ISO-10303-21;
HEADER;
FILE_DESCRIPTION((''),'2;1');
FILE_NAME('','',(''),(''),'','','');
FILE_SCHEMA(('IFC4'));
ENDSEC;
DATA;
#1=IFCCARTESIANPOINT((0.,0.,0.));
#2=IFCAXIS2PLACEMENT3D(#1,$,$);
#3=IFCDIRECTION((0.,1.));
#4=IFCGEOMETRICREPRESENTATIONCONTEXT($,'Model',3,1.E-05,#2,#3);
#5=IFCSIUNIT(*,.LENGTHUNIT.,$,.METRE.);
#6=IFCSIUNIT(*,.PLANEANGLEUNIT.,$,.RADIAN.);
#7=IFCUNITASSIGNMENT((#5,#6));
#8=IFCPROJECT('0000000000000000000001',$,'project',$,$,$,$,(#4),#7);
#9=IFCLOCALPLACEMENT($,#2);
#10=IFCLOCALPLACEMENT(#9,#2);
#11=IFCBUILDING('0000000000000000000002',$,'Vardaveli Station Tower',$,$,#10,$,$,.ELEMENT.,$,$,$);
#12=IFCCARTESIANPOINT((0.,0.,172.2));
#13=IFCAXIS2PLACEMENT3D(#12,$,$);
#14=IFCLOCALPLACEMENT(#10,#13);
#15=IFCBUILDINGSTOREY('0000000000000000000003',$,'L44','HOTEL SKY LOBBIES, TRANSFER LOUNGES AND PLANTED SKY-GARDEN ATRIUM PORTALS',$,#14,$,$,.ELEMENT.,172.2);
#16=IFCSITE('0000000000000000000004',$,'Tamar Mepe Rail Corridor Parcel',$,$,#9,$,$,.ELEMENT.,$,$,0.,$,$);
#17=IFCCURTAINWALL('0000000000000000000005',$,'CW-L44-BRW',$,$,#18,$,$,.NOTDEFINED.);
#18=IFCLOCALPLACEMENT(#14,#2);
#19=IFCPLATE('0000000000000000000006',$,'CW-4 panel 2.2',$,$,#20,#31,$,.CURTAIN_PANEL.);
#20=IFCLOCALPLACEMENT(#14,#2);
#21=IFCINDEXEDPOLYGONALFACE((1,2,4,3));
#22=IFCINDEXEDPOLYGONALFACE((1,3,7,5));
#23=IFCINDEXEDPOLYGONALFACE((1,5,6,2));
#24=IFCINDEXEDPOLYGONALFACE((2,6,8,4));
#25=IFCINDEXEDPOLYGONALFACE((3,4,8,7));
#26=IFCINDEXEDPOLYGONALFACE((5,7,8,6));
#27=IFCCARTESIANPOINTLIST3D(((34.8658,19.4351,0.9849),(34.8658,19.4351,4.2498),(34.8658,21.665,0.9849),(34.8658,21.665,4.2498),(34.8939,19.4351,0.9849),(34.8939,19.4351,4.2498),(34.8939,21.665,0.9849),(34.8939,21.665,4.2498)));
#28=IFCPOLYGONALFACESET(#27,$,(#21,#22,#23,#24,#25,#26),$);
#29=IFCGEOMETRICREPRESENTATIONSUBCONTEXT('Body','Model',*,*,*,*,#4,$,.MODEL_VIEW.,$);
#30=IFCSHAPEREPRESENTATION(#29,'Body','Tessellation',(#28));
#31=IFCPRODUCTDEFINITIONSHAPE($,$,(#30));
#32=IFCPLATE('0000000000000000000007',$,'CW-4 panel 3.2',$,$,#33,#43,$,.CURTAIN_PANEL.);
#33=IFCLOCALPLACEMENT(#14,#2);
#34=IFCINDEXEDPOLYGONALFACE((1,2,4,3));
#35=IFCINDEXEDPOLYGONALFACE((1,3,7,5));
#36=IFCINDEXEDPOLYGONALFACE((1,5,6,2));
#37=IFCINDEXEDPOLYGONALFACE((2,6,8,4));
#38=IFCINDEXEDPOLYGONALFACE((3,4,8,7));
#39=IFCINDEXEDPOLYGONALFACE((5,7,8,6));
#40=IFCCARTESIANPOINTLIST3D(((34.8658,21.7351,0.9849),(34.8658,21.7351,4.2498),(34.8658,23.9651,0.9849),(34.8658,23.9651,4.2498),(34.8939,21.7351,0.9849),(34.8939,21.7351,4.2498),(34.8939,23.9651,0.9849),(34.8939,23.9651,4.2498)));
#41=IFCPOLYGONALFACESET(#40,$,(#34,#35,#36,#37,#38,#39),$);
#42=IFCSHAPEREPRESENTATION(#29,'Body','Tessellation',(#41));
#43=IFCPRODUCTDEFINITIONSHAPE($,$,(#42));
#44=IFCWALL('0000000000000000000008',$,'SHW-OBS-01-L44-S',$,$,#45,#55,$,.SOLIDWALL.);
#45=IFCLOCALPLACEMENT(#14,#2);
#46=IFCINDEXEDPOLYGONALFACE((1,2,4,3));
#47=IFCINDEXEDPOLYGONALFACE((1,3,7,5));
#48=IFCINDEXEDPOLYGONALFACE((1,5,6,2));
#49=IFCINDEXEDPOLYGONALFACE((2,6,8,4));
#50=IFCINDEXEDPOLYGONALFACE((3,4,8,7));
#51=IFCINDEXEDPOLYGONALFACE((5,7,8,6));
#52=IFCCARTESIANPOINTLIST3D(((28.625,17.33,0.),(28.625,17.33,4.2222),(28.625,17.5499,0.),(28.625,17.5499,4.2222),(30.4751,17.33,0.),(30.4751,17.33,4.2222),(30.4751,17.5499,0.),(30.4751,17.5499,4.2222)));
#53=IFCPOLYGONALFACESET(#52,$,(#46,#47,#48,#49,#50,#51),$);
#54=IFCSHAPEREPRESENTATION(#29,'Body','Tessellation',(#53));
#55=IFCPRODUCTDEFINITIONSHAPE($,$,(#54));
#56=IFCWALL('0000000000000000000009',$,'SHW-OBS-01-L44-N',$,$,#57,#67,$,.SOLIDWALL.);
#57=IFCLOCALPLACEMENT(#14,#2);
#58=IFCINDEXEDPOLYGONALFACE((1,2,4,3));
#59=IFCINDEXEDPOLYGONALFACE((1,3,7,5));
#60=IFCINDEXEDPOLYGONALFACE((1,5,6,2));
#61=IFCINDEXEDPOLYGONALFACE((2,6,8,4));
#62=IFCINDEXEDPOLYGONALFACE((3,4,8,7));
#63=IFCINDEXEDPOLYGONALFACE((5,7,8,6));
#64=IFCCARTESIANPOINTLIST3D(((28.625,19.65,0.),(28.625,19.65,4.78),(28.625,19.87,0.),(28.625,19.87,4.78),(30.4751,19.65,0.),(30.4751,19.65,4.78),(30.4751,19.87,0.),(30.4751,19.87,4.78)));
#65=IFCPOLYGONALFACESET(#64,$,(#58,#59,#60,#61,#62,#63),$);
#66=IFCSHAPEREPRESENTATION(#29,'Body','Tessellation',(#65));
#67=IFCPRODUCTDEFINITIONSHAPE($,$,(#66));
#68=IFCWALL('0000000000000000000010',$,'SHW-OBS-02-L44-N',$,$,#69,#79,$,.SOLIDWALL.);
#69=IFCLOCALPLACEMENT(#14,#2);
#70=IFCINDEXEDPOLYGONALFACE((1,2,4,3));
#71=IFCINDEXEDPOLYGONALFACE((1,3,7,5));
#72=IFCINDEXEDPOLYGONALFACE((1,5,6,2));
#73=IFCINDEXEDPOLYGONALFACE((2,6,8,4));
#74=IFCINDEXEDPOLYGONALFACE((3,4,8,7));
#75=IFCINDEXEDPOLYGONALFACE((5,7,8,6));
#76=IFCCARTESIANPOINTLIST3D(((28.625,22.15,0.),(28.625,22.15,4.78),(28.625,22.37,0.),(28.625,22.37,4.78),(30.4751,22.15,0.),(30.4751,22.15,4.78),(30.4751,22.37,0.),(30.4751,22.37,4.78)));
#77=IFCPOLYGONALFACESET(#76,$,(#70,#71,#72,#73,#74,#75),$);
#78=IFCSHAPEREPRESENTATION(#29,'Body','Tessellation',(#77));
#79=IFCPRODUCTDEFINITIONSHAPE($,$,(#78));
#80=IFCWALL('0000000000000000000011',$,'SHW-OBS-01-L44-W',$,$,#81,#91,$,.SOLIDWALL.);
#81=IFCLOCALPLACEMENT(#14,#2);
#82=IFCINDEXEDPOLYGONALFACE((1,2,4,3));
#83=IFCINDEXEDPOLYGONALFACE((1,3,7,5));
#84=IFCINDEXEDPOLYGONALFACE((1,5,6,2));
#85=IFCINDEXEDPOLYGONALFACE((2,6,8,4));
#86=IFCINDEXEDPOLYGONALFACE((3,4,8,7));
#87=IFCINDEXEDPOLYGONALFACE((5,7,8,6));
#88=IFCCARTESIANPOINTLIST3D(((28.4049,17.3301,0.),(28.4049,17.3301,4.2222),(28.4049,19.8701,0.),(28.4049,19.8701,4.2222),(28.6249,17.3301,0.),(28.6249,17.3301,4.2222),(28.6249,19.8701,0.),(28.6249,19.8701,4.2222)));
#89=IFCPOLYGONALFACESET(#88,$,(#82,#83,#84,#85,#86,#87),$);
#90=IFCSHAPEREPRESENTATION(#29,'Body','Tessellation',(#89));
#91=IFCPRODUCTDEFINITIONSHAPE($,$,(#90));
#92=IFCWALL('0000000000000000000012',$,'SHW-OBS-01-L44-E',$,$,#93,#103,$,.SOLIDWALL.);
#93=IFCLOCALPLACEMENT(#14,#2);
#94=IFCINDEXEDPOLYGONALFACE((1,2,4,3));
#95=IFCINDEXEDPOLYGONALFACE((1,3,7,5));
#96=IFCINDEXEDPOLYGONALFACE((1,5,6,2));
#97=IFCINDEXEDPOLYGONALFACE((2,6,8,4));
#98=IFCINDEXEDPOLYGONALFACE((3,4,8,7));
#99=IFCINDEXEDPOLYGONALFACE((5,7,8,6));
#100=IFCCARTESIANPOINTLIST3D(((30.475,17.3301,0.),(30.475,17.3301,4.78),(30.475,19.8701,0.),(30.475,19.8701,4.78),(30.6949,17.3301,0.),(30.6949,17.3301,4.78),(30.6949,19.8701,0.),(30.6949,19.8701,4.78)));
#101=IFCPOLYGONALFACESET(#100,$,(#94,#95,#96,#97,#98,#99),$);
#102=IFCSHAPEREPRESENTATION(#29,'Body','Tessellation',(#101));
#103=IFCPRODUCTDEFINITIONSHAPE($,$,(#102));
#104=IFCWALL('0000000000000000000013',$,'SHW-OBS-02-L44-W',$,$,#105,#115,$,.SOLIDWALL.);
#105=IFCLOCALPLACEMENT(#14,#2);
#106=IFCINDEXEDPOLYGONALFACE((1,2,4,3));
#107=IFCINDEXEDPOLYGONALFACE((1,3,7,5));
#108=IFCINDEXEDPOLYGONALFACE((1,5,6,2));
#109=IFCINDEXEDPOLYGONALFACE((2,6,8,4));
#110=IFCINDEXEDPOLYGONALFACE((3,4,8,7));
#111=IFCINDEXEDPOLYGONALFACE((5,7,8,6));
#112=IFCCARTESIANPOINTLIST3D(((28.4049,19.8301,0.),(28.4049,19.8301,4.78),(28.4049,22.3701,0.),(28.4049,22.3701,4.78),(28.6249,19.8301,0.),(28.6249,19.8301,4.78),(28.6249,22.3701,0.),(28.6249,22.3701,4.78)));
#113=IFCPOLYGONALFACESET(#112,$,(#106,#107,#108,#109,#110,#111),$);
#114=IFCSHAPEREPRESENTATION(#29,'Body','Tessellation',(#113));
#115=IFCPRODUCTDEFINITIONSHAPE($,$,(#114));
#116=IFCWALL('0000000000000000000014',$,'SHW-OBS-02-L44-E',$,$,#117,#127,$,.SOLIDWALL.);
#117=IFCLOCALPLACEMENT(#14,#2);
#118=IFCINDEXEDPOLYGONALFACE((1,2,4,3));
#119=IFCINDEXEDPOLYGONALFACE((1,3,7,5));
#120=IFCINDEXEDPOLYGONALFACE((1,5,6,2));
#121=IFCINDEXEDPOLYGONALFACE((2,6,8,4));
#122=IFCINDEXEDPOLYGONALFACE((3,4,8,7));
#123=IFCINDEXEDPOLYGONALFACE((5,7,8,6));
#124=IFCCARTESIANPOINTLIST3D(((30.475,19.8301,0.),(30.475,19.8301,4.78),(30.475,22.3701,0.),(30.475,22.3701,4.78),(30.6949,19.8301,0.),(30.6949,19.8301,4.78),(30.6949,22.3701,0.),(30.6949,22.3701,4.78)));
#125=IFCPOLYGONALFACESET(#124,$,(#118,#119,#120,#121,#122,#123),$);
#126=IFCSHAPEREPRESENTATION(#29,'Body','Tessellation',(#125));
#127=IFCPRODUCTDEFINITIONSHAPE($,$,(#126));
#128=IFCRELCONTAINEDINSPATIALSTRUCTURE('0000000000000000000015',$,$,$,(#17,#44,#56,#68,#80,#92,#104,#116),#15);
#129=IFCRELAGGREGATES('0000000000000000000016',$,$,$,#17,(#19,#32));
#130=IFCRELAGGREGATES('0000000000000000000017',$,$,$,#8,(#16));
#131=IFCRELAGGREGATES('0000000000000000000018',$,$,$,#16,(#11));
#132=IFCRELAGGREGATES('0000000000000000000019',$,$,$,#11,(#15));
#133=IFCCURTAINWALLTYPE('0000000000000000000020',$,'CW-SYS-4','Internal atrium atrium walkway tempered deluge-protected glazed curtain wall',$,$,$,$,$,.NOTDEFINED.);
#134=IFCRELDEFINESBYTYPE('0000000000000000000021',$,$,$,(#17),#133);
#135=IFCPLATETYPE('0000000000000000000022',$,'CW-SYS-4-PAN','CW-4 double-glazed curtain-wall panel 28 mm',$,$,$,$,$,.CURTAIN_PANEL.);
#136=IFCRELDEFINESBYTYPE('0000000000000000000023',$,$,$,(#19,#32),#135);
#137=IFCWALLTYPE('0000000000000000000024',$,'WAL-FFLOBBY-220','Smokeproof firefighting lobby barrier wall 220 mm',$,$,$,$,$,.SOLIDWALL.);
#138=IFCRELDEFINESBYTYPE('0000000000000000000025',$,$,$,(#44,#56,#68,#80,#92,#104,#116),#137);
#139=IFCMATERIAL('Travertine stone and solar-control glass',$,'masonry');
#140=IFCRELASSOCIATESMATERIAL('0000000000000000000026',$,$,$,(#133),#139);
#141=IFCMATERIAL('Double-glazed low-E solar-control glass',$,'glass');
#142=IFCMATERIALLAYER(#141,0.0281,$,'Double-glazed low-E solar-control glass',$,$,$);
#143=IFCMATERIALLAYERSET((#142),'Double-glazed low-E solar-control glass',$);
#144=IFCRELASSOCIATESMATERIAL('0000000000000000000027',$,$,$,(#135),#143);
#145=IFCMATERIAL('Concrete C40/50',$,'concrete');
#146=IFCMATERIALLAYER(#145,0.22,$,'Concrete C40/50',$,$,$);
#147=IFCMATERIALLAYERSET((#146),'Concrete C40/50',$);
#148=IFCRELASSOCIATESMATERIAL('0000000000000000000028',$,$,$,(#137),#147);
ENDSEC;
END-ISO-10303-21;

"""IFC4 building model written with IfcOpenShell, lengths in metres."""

from ifc_helpers import new_model, si_unit, direction, frame, frame_2d, origin, origin_2d, place, context, subcontext, project, spatial, rectangle, extrude, source, transform, mapped, material, layer, layer_set, type_object, element, aggregate, save


model = new_model("IFC4")

# Units and contexts
model_context = context("Model", 3, precision=1e-05, world=origin(), true_north=direction((0.0, 1.0)))
body_context = subcontext(model_context, "Body", "Model", "MODEL_VIEW")
ifc_project = project(units=[si_unit("LENGTHUNIT", "METRE"), si_unit("PLANEANGLEUNIT", "RADIAN")], contexts=[model_context])

# Site, building, storey
site_placement = place(None, origin())
site = spatial("IfcSite", under=ifc_project, at=site_placement, Name="Tamar Mepe Rail Corridor Parcel", CompositionType="ELEMENT", RefElevation=0.0)
building_placement = place(site_placement, origin())
building = spatial("IfcBuilding", under=site, at=building_placement, Name="Vardaveli Station Tower", CompositionType="ELEMENT")
storey_placement = place(building_placement, frame((0.0, 0.0, 172.2)))
storey = spatial("IfcBuildingStorey", under=building, at=storey_placement, Name="L44", Description="HOTEL SKY LOBBIES, TRANSFER LOUNGES AND PLANTED SKY-GARDEN ATRIUM PORTALS", CompositionType="ELEMENT", Elevation=172.2)

# Curtain wall, plates
ifc_material_1 = material(Name="Travertine stone and solar-control glass", Category="masonry")
curtain_wall_type = type_object("IfcCurtainWallType", Name="CW-SYS-4", Description="Internal atrium atrium walkway tempered deluge-protected glazed curtain wall", PredefinedType="NOTDEFINED", material=ifc_material_1)
curtain_wall_placement = place(storey_placement, origin())
curtain_wall = element("IfcCurtainWall", 1, at=curtain_wall_placement, inside=storey, type_object=curtain_wall_type, Name="CW-L44-BRW", PredefinedType="NOTDEFINED")
ifc_material_2 = material(Name="Double-glazed low-E solar-control glass", Category="glass")
ifc_layer_1 = layer(ifc_material_2, 0.0281, Name="Double-glazed low-E solar-control glass")
ifc_layer_set_1 = layer_set([ifc_layer_1], Name="Double-glazed low-E solar-control glass")
plate_type = type_object("IfcPlateType", Name="CW-SYS-4-PAN", Description="CW-4 double-glazed curtain-wall panel 28 mm", PredefinedType="CURTAIN_PANEL", material=ifc_layer_set_1)
shared_shape_1 = source(origin(), body_context, "Body", "SweptSolid", [
    extrude(rectangle(XDim=2.23, YDim=0.0281, at=origin_2d()), origin(), (0.0, 0.0, 1.0), 3.2649),
])
plate_1_placement = place(storey_placement, frame((34.8799, 20.55, 0.9849), z_axis=(0.0, 0.0, 1.0), x_axis=(0.0, 1.0, 0.0)))
plate_1 = element("IfcPlate", 2, at=plate_1_placement, type_object=plate_type, Name="CW-4 panel 2.2", PredefinedType="CURTAIN_PANEL", context=body_context, shape_type="MappedRepresentation", body=[
    mapped(shared_shape_1, transform((0.0, 0.0, 0.0), scale=1.0)),
])
plate_2_placement = place(storey_placement, frame((34.8799, 22.8501, 0.9849), z_axis=(0.0, 0.0, 1.0), x_axis=(0.0, 1.0, 0.0)))
plate_2 = element("IfcPlate", 3, at=plate_2_placement, type_object=plate_type, Name="CW-4 panel 3.2", PredefinedType="CURTAIN_PANEL", context=body_context, shape_type="MappedRepresentation", body=[
    mapped(shared_shape_1, transform((0.0, 0.0, 0.0), scale=1.0)),
])
aggregate(curtain_wall, [plate_1, plate_2])

# Walls
ifc_material_3 = material(Name="Concrete C40/50", Category="concrete")
ifc_layer_2 = layer(ifc_material_3, 0.22, Name="Concrete C40/50")
ifc_layer_set_2 = layer_set([ifc_layer_2], Name="Concrete C40/50")
wall_type = type_object("IfcWallType", Name="WAL-FFLOBBY-220", Description="Smokeproof firefighting lobby barrier wall 220 mm", PredefinedType="SOLIDWALL", material=ifc_layer_set_2)
shared_shape_2 = source(origin(), body_context, "Body", "SweptSolid", [
    extrude(rectangle(XDim=1.8501, YDim=0.22, at=frame_2d((0.925, 0.0))), origin(), (0.0, 0.0, 1.0), 4.2222),
])
wall_1_placement = place(storey_placement, frame((28.625, 17.4399, 0.0), z_axis=(0.0, 0.0, 1.0), x_axis=(1.0, 0.0, 0.0)))
element("IfcWall", 4, at=wall_1_placement, inside=storey, type_object=wall_type, Name="SHW-OBS-01-L44-S", PredefinedType="SOLIDWALL", context=body_context, shape_type="MappedRepresentation", body=[
    mapped(shared_shape_2, transform((0.0, 0.0, 0.0), scale=1.0)),
])
shared_shape_3 = source(origin(), body_context, "Body", "SweptSolid", [
    extrude(rectangle(XDim=1.8501, YDim=0.22, at=frame_2d((0.925, 0.0))), origin(), (0.0, 0.0, 1.0), 4.78),
])
for number, where, z_axis, x_axis, name in (
    (5, (28.625, 19.76, 0.0), (0.0, 0.0, 1.0), (1.0, 0.0, 0.0), "SHW-OBS-01-L44-N"),
    (6, (28.625, 22.26, 0.0), (0.0, 0.0, 1.0), (1.0, 0.0, 0.0), "SHW-OBS-02-L44-N"),
):
    element("IfcWall", number, at=place(storey_placement, frame(where, z_axis=z_axis, x_axis=x_axis)), inside=storey, type_object=wall_type, Name=name, PredefinedType="SOLIDWALL", context=body_context, shape_type="MappedRepresentation", body=[
        mapped(shared_shape_3, transform((0.0, 0.0, 0.0), scale=1.0)),
    ])
shared_shape_4 = source(origin(), body_context, "Body", "SweptSolid", [
    extrude(rectangle(XDim=2.54, YDim=0.22, at=frame_2d((1.27, 0.0))), origin(), (0.0, 0.0, 1.0), 4.2222),
])
wall_2_placement = place(storey_placement, frame((28.5149, 17.3301, 0.0), z_axis=(0.0, 0.0, 1.0), x_axis=(0.0, 1.0, 0.0)))
element("IfcWall", 7, at=wall_2_placement, inside=storey, type_object=wall_type, Name="SHW-OBS-01-L44-W", PredefinedType="SOLIDWALL", context=body_context, shape_type="MappedRepresentation", body=[
    mapped(shared_shape_4, transform((0.0, 0.0, 0.0), scale=1.0)),
])
shared_shape_5 = source(origin(), body_context, "Body", "SweptSolid", [
    extrude(rectangle(XDim=2.54, YDim=0.22, at=frame_2d((1.27, 0.0))), origin(), (0.0, 0.0, 1.0), 4.78),
])
for number, where, z_axis, x_axis, name in (
    (8, (30.585, 17.3301, 0.0), (0.0, 0.0, 1.0), (0.0, 1.0, 0.0), "SHW-OBS-01-L44-E"),
    (9, (28.5149, 19.8301, 0.0), (0.0, 0.0, 1.0), (0.0, 1.0, 0.0), "SHW-OBS-02-L44-W"),
    (10, (30.585, 19.8301, 0.0), (0.0, 0.0, 1.0), (0.0, 1.0, 0.0), "SHW-OBS-02-L44-E"),
):
    element("IfcWall", number, at=place(storey_placement, frame(where, z_axis=z_axis, x_axis=x_axis)), inside=storey, type_object=wall_type, Name=name, PredefinedType="SOLIDWALL", context=body_context, shape_type="MappedRepresentation", body=[
        mapped(shared_shape_5, transform((0.0, 0.0, 0.0), scale=1.0)),
    ])

save(model, "model.ifc")
